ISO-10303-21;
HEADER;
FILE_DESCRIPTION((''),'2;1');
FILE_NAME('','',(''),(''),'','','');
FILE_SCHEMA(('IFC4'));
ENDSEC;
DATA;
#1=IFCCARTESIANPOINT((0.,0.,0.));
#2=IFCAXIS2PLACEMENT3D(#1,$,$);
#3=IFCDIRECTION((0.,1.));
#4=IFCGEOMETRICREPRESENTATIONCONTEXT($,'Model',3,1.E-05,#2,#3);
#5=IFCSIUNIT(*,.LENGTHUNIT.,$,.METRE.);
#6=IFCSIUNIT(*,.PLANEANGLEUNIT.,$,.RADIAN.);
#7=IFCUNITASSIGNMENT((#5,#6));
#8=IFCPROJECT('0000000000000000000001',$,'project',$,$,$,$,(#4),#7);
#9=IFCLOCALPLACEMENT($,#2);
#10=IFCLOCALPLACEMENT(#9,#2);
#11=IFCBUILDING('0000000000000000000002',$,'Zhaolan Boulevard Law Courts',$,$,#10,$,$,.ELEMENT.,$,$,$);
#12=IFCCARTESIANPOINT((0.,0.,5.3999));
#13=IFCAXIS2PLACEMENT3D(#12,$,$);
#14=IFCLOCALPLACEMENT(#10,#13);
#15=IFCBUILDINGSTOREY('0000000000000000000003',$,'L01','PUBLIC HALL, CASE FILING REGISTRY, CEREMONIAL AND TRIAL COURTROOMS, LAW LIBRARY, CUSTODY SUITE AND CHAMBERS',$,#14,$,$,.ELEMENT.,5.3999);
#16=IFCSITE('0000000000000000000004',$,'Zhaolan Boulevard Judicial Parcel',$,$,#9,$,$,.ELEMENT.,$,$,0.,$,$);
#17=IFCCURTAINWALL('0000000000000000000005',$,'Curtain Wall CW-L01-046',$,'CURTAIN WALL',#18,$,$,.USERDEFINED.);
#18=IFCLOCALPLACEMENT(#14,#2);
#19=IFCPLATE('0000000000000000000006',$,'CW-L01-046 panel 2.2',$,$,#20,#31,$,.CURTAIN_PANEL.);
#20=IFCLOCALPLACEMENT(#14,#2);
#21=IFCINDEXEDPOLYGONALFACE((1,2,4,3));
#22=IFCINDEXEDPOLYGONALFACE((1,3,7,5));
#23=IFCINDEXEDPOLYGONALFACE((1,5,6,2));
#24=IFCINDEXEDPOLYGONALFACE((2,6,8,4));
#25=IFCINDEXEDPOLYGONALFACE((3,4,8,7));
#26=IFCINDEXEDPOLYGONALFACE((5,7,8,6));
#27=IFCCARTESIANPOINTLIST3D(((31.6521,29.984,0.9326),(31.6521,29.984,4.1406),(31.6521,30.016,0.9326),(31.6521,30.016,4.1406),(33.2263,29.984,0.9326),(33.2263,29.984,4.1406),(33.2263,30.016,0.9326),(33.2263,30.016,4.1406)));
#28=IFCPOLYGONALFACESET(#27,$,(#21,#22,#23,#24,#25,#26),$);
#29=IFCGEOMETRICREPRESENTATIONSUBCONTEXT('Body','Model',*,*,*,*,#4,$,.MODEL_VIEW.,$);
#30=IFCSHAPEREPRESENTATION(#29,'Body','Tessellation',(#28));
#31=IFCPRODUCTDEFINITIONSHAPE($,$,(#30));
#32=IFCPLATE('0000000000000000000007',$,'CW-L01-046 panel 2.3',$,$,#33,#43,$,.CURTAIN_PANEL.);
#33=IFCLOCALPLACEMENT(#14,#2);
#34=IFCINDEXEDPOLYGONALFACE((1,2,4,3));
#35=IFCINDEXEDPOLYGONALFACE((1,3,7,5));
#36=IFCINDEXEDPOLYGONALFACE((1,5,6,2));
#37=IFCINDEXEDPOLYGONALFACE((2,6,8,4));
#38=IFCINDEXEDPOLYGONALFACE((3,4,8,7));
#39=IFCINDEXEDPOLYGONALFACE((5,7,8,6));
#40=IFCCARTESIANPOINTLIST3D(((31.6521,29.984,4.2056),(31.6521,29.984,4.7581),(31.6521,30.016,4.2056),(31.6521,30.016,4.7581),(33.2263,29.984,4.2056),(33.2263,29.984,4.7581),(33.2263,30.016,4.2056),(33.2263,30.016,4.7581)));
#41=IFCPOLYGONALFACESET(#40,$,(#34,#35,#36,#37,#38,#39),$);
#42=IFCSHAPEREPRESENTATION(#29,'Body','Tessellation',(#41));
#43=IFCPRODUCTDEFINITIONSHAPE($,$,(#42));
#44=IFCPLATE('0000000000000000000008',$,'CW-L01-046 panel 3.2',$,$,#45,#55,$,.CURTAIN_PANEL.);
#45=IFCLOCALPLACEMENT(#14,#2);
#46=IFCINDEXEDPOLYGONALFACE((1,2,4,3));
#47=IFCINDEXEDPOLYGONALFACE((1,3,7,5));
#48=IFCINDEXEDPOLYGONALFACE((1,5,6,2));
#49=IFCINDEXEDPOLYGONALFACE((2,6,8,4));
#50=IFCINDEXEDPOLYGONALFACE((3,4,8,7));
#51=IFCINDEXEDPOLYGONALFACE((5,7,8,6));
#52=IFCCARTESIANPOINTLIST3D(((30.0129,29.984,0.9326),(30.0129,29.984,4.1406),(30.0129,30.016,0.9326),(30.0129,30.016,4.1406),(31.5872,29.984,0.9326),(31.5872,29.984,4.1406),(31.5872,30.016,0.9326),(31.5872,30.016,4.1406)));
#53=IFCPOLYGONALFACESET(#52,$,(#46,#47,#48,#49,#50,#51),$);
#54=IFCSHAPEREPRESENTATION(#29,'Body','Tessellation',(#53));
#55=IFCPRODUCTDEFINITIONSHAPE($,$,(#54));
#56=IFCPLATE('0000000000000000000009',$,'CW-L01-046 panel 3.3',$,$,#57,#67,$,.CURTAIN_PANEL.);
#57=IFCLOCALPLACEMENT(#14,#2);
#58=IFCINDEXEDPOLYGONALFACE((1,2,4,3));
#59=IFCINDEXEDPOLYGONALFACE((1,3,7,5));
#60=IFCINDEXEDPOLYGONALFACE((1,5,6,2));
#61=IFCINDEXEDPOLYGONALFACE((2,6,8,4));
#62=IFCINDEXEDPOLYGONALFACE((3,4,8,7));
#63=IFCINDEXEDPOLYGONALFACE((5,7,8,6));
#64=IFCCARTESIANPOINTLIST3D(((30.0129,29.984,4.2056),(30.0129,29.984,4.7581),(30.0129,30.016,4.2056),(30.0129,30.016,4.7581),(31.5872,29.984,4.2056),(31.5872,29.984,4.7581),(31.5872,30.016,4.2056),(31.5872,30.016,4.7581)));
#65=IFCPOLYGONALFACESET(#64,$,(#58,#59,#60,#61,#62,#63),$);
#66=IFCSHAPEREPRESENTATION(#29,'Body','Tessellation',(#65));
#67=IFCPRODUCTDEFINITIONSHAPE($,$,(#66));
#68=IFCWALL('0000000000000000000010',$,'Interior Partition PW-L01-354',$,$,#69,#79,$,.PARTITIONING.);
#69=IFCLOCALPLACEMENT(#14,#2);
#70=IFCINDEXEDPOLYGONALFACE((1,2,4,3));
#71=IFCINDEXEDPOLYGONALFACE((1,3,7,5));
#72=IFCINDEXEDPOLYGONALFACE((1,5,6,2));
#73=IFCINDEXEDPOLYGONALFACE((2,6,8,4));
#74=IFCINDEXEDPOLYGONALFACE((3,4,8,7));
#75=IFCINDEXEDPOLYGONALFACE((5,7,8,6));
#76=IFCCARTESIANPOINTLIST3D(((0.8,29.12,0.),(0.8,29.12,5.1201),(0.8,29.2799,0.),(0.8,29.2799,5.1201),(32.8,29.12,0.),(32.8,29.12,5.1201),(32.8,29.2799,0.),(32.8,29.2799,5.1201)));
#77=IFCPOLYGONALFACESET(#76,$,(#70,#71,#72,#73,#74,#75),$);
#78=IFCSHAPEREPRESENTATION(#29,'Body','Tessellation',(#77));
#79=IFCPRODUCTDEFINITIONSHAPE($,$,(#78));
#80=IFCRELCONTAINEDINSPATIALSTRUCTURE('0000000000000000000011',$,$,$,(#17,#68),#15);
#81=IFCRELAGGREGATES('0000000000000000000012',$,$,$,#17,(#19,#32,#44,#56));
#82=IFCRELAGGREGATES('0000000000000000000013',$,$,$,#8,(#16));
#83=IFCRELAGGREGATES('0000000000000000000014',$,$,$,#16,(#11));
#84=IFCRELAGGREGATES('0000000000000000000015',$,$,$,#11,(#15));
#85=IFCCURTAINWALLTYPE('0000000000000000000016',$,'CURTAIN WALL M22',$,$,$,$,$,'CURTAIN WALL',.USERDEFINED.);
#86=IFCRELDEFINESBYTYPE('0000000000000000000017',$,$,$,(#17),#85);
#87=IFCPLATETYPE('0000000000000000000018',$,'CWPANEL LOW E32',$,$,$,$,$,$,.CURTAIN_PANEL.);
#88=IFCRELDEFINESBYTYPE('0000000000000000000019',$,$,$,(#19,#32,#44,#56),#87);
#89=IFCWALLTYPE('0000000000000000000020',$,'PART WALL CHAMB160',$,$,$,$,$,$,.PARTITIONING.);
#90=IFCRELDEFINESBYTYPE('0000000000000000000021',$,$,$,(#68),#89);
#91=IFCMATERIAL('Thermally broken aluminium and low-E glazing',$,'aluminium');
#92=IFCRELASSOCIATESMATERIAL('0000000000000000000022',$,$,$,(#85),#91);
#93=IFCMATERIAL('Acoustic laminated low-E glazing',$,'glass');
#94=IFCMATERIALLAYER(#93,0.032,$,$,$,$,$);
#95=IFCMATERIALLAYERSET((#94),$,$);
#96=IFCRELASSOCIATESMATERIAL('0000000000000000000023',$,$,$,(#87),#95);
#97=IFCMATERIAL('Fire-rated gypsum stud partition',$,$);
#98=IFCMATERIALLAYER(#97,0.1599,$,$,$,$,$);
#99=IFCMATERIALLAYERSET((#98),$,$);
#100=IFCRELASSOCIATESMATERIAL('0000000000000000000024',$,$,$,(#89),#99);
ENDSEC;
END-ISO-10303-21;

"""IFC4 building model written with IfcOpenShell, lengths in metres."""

from ifc_helpers import new_model, si_unit, direction, frame, frame_2d, origin, origin_2d, place, context, subcontext, project, spatial, rectangle, extrude, material, layer, layer_set, type_object, element, aggregate, save


model = new_model("IFC4")

# Units and contexts
model_context = context("Model", 3, precision=1e-05, world=origin(), true_north=direction((0.0, 1.0)))
body_context = subcontext(model_context, "Body", "Model", "MODEL_VIEW")
ifc_project = project(units=[si_unit("LENGTHUNIT", "METRE"), si_unit("PLANEANGLEUNIT", "RADIAN")], contexts=[model_context])

# Site, building, storey
site_placement = place(None, origin())
site = spatial("IfcSite", under=ifc_project, at=site_placement, Name="Zhaolan Boulevard Judicial Parcel", CompositionType="ELEMENT", RefElevation=0.0)
building_placement = place(site_placement, origin())
building = spatial("IfcBuilding", under=site, at=building_placement, Name="Zhaolan Boulevard Law Courts", CompositionType="ELEMENT")
storey_placement = place(building_placement, frame((0.0, 0.0, 5.3999)))
storey = spatial("IfcBuildingStorey", under=building, at=storey_placement, Name="L01", Description="PUBLIC HALL, CASE FILING REGISTRY, CEREMONIAL AND TRIAL COURTROOMS, LAW LIBRARY, CUSTODY SUITE AND CHAMBERS", CompositionType="ELEMENT", Elevation=5.3999)

# Curtain wall, plates
ifc_material_1 = material(Name="Thermally broken aluminium and low-E glazing", Category="aluminium")
curtain_wall_type = type_object("IfcCurtainWallType", Name="CURTAIN WALL M22", ElementType="CURTAIN WALL", PredefinedType="USERDEFINED", material=ifc_material_1)
curtain_wall_placement = place(storey_placement, origin())
curtain_wall = element("IfcCurtainWall", 1, at=curtain_wall_placement, inside=storey, type_object=curtain_wall_type, Name="Curtain Wall CW-L01-046", ObjectType="CURTAIN WALL", PredefinedType="USERDEFINED")
ifc_material_2 = material(Name="Acoustic laminated low-E glazing", Category="glass")
ifc_layer_1 = layer(ifc_material_2, 0.032)
ifc_layer_set_1 = layer_set([ifc_layer_1])
plate_type = type_object("IfcPlateType", Name="CWPANEL LOW E32", PredefinedType="CURTAIN_PANEL", material=ifc_layer_set_1)
plate_1_placement = place(storey_placement, frame((32.4392, 30.0, 0.9326), z_axis=(0.0, 0.0, 1.0), x_axis=(-1.0, 0.0, 0.0)))
plate_1 = element("IfcPlate", 2, at=plate_1_placement, type_object=plate_type, Name="CW-L01-046 panel 2.2", PredefinedType="CURTAIN_PANEL", context=body_context, shape_type="SweptSolid", body=[
    extrude(rectangle(XDim=1.5742, YDim=0.032, at=origin_2d()), origin(), (0.0, 0.0, 1.0), 3.208),
])
plate_2_placement = place(storey_placement, frame((32.4392, 30.0, 4.2056), z_axis=(0.0, 0.0, 1.0), x_axis=(-1.0, 0.0, 0.0)))
plate_2 = element("IfcPlate", 3, at=plate_2_placement, type_object=plate_type, Name="CW-L01-046 panel 2.3", PredefinedType="CURTAIN_PANEL", context=body_context, shape_type="SweptSolid", body=[
    extrude(rectangle(XDim=1.5742, YDim=0.032, at=origin_2d()), origin(), (0.0, 0.0, 1.0), 0.5525),
])
plate_3_placement = place(storey_placement, frame((30.8, 30.0, 0.9326), z_axis=(0.0, 0.0, 1.0), x_axis=(-1.0, 0.0, 0.0)))
plate_3 = element("IfcPlate", 4, at=plate_3_placement, type_object=plate_type, Name="CW-L01-046 panel 3.2", PredefinedType="CURTAIN_PANEL", context=body_context, shape_type="SweptSolid", body=[
    extrude(rectangle(XDim=1.5742, YDim=0.032, at=origin_2d()), origin(), (0.0, 0.0, 1.0), 3.208),
])
plate_4_placement = place(storey_placement, frame((30.8, 30.0, 4.2056), z_axis=(0.0, 0.0, 1.0), x_axis=(-1.0, 0.0, 0.0)))
plate_4 = element("IfcPlate", 5, at=plate_4_placement, type_object=plate_type, Name="CW-L01-046 panel 3.3", PredefinedType="CURTAIN_PANEL", context=body_context, shape_type="SweptSolid", body=[
    extrude(rectangle(XDim=1.5742, YDim=0.032, at=origin_2d()), origin(), (0.0, 0.0, 1.0), 0.5525),
])
aggregate(curtain_wall, [plate_1, plate_2, plate_3, plate_4])

# Wall
ifc_material_3 = material(Name="Fire-rated gypsum stud partition")
ifc_layer_2 = layer(ifc_material_3, 0.1599)
ifc_layer_set_2 = layer_set([ifc_layer_2])
wall_type = type_object("IfcWallType", Name="PART WALL CHAMB160", PredefinedType="PARTITIONING", material=ifc_layer_set_2)
wall_placement = place(storey_placement, frame((32.8, 29.2, 0.0), z_axis=(0.0, 0.0, 1.0), x_axis=(-1.0, 0.0, 0.0)))
element("IfcWall", 6, at=wall_placement, inside=storey, type_object=wall_type, Name="Interior Partition PW-L01-354", PredefinedType="PARTITIONING", context=body_context, shape_type="SweptSolid", body=[
    extrude(rectangle(XDim=32.0, YDim=0.1599, at=frame_2d((16.0, 0.0))), origin(), (0.0, 0.0, 1.0), 5.1201),
])

save(model, "model.ifc")
